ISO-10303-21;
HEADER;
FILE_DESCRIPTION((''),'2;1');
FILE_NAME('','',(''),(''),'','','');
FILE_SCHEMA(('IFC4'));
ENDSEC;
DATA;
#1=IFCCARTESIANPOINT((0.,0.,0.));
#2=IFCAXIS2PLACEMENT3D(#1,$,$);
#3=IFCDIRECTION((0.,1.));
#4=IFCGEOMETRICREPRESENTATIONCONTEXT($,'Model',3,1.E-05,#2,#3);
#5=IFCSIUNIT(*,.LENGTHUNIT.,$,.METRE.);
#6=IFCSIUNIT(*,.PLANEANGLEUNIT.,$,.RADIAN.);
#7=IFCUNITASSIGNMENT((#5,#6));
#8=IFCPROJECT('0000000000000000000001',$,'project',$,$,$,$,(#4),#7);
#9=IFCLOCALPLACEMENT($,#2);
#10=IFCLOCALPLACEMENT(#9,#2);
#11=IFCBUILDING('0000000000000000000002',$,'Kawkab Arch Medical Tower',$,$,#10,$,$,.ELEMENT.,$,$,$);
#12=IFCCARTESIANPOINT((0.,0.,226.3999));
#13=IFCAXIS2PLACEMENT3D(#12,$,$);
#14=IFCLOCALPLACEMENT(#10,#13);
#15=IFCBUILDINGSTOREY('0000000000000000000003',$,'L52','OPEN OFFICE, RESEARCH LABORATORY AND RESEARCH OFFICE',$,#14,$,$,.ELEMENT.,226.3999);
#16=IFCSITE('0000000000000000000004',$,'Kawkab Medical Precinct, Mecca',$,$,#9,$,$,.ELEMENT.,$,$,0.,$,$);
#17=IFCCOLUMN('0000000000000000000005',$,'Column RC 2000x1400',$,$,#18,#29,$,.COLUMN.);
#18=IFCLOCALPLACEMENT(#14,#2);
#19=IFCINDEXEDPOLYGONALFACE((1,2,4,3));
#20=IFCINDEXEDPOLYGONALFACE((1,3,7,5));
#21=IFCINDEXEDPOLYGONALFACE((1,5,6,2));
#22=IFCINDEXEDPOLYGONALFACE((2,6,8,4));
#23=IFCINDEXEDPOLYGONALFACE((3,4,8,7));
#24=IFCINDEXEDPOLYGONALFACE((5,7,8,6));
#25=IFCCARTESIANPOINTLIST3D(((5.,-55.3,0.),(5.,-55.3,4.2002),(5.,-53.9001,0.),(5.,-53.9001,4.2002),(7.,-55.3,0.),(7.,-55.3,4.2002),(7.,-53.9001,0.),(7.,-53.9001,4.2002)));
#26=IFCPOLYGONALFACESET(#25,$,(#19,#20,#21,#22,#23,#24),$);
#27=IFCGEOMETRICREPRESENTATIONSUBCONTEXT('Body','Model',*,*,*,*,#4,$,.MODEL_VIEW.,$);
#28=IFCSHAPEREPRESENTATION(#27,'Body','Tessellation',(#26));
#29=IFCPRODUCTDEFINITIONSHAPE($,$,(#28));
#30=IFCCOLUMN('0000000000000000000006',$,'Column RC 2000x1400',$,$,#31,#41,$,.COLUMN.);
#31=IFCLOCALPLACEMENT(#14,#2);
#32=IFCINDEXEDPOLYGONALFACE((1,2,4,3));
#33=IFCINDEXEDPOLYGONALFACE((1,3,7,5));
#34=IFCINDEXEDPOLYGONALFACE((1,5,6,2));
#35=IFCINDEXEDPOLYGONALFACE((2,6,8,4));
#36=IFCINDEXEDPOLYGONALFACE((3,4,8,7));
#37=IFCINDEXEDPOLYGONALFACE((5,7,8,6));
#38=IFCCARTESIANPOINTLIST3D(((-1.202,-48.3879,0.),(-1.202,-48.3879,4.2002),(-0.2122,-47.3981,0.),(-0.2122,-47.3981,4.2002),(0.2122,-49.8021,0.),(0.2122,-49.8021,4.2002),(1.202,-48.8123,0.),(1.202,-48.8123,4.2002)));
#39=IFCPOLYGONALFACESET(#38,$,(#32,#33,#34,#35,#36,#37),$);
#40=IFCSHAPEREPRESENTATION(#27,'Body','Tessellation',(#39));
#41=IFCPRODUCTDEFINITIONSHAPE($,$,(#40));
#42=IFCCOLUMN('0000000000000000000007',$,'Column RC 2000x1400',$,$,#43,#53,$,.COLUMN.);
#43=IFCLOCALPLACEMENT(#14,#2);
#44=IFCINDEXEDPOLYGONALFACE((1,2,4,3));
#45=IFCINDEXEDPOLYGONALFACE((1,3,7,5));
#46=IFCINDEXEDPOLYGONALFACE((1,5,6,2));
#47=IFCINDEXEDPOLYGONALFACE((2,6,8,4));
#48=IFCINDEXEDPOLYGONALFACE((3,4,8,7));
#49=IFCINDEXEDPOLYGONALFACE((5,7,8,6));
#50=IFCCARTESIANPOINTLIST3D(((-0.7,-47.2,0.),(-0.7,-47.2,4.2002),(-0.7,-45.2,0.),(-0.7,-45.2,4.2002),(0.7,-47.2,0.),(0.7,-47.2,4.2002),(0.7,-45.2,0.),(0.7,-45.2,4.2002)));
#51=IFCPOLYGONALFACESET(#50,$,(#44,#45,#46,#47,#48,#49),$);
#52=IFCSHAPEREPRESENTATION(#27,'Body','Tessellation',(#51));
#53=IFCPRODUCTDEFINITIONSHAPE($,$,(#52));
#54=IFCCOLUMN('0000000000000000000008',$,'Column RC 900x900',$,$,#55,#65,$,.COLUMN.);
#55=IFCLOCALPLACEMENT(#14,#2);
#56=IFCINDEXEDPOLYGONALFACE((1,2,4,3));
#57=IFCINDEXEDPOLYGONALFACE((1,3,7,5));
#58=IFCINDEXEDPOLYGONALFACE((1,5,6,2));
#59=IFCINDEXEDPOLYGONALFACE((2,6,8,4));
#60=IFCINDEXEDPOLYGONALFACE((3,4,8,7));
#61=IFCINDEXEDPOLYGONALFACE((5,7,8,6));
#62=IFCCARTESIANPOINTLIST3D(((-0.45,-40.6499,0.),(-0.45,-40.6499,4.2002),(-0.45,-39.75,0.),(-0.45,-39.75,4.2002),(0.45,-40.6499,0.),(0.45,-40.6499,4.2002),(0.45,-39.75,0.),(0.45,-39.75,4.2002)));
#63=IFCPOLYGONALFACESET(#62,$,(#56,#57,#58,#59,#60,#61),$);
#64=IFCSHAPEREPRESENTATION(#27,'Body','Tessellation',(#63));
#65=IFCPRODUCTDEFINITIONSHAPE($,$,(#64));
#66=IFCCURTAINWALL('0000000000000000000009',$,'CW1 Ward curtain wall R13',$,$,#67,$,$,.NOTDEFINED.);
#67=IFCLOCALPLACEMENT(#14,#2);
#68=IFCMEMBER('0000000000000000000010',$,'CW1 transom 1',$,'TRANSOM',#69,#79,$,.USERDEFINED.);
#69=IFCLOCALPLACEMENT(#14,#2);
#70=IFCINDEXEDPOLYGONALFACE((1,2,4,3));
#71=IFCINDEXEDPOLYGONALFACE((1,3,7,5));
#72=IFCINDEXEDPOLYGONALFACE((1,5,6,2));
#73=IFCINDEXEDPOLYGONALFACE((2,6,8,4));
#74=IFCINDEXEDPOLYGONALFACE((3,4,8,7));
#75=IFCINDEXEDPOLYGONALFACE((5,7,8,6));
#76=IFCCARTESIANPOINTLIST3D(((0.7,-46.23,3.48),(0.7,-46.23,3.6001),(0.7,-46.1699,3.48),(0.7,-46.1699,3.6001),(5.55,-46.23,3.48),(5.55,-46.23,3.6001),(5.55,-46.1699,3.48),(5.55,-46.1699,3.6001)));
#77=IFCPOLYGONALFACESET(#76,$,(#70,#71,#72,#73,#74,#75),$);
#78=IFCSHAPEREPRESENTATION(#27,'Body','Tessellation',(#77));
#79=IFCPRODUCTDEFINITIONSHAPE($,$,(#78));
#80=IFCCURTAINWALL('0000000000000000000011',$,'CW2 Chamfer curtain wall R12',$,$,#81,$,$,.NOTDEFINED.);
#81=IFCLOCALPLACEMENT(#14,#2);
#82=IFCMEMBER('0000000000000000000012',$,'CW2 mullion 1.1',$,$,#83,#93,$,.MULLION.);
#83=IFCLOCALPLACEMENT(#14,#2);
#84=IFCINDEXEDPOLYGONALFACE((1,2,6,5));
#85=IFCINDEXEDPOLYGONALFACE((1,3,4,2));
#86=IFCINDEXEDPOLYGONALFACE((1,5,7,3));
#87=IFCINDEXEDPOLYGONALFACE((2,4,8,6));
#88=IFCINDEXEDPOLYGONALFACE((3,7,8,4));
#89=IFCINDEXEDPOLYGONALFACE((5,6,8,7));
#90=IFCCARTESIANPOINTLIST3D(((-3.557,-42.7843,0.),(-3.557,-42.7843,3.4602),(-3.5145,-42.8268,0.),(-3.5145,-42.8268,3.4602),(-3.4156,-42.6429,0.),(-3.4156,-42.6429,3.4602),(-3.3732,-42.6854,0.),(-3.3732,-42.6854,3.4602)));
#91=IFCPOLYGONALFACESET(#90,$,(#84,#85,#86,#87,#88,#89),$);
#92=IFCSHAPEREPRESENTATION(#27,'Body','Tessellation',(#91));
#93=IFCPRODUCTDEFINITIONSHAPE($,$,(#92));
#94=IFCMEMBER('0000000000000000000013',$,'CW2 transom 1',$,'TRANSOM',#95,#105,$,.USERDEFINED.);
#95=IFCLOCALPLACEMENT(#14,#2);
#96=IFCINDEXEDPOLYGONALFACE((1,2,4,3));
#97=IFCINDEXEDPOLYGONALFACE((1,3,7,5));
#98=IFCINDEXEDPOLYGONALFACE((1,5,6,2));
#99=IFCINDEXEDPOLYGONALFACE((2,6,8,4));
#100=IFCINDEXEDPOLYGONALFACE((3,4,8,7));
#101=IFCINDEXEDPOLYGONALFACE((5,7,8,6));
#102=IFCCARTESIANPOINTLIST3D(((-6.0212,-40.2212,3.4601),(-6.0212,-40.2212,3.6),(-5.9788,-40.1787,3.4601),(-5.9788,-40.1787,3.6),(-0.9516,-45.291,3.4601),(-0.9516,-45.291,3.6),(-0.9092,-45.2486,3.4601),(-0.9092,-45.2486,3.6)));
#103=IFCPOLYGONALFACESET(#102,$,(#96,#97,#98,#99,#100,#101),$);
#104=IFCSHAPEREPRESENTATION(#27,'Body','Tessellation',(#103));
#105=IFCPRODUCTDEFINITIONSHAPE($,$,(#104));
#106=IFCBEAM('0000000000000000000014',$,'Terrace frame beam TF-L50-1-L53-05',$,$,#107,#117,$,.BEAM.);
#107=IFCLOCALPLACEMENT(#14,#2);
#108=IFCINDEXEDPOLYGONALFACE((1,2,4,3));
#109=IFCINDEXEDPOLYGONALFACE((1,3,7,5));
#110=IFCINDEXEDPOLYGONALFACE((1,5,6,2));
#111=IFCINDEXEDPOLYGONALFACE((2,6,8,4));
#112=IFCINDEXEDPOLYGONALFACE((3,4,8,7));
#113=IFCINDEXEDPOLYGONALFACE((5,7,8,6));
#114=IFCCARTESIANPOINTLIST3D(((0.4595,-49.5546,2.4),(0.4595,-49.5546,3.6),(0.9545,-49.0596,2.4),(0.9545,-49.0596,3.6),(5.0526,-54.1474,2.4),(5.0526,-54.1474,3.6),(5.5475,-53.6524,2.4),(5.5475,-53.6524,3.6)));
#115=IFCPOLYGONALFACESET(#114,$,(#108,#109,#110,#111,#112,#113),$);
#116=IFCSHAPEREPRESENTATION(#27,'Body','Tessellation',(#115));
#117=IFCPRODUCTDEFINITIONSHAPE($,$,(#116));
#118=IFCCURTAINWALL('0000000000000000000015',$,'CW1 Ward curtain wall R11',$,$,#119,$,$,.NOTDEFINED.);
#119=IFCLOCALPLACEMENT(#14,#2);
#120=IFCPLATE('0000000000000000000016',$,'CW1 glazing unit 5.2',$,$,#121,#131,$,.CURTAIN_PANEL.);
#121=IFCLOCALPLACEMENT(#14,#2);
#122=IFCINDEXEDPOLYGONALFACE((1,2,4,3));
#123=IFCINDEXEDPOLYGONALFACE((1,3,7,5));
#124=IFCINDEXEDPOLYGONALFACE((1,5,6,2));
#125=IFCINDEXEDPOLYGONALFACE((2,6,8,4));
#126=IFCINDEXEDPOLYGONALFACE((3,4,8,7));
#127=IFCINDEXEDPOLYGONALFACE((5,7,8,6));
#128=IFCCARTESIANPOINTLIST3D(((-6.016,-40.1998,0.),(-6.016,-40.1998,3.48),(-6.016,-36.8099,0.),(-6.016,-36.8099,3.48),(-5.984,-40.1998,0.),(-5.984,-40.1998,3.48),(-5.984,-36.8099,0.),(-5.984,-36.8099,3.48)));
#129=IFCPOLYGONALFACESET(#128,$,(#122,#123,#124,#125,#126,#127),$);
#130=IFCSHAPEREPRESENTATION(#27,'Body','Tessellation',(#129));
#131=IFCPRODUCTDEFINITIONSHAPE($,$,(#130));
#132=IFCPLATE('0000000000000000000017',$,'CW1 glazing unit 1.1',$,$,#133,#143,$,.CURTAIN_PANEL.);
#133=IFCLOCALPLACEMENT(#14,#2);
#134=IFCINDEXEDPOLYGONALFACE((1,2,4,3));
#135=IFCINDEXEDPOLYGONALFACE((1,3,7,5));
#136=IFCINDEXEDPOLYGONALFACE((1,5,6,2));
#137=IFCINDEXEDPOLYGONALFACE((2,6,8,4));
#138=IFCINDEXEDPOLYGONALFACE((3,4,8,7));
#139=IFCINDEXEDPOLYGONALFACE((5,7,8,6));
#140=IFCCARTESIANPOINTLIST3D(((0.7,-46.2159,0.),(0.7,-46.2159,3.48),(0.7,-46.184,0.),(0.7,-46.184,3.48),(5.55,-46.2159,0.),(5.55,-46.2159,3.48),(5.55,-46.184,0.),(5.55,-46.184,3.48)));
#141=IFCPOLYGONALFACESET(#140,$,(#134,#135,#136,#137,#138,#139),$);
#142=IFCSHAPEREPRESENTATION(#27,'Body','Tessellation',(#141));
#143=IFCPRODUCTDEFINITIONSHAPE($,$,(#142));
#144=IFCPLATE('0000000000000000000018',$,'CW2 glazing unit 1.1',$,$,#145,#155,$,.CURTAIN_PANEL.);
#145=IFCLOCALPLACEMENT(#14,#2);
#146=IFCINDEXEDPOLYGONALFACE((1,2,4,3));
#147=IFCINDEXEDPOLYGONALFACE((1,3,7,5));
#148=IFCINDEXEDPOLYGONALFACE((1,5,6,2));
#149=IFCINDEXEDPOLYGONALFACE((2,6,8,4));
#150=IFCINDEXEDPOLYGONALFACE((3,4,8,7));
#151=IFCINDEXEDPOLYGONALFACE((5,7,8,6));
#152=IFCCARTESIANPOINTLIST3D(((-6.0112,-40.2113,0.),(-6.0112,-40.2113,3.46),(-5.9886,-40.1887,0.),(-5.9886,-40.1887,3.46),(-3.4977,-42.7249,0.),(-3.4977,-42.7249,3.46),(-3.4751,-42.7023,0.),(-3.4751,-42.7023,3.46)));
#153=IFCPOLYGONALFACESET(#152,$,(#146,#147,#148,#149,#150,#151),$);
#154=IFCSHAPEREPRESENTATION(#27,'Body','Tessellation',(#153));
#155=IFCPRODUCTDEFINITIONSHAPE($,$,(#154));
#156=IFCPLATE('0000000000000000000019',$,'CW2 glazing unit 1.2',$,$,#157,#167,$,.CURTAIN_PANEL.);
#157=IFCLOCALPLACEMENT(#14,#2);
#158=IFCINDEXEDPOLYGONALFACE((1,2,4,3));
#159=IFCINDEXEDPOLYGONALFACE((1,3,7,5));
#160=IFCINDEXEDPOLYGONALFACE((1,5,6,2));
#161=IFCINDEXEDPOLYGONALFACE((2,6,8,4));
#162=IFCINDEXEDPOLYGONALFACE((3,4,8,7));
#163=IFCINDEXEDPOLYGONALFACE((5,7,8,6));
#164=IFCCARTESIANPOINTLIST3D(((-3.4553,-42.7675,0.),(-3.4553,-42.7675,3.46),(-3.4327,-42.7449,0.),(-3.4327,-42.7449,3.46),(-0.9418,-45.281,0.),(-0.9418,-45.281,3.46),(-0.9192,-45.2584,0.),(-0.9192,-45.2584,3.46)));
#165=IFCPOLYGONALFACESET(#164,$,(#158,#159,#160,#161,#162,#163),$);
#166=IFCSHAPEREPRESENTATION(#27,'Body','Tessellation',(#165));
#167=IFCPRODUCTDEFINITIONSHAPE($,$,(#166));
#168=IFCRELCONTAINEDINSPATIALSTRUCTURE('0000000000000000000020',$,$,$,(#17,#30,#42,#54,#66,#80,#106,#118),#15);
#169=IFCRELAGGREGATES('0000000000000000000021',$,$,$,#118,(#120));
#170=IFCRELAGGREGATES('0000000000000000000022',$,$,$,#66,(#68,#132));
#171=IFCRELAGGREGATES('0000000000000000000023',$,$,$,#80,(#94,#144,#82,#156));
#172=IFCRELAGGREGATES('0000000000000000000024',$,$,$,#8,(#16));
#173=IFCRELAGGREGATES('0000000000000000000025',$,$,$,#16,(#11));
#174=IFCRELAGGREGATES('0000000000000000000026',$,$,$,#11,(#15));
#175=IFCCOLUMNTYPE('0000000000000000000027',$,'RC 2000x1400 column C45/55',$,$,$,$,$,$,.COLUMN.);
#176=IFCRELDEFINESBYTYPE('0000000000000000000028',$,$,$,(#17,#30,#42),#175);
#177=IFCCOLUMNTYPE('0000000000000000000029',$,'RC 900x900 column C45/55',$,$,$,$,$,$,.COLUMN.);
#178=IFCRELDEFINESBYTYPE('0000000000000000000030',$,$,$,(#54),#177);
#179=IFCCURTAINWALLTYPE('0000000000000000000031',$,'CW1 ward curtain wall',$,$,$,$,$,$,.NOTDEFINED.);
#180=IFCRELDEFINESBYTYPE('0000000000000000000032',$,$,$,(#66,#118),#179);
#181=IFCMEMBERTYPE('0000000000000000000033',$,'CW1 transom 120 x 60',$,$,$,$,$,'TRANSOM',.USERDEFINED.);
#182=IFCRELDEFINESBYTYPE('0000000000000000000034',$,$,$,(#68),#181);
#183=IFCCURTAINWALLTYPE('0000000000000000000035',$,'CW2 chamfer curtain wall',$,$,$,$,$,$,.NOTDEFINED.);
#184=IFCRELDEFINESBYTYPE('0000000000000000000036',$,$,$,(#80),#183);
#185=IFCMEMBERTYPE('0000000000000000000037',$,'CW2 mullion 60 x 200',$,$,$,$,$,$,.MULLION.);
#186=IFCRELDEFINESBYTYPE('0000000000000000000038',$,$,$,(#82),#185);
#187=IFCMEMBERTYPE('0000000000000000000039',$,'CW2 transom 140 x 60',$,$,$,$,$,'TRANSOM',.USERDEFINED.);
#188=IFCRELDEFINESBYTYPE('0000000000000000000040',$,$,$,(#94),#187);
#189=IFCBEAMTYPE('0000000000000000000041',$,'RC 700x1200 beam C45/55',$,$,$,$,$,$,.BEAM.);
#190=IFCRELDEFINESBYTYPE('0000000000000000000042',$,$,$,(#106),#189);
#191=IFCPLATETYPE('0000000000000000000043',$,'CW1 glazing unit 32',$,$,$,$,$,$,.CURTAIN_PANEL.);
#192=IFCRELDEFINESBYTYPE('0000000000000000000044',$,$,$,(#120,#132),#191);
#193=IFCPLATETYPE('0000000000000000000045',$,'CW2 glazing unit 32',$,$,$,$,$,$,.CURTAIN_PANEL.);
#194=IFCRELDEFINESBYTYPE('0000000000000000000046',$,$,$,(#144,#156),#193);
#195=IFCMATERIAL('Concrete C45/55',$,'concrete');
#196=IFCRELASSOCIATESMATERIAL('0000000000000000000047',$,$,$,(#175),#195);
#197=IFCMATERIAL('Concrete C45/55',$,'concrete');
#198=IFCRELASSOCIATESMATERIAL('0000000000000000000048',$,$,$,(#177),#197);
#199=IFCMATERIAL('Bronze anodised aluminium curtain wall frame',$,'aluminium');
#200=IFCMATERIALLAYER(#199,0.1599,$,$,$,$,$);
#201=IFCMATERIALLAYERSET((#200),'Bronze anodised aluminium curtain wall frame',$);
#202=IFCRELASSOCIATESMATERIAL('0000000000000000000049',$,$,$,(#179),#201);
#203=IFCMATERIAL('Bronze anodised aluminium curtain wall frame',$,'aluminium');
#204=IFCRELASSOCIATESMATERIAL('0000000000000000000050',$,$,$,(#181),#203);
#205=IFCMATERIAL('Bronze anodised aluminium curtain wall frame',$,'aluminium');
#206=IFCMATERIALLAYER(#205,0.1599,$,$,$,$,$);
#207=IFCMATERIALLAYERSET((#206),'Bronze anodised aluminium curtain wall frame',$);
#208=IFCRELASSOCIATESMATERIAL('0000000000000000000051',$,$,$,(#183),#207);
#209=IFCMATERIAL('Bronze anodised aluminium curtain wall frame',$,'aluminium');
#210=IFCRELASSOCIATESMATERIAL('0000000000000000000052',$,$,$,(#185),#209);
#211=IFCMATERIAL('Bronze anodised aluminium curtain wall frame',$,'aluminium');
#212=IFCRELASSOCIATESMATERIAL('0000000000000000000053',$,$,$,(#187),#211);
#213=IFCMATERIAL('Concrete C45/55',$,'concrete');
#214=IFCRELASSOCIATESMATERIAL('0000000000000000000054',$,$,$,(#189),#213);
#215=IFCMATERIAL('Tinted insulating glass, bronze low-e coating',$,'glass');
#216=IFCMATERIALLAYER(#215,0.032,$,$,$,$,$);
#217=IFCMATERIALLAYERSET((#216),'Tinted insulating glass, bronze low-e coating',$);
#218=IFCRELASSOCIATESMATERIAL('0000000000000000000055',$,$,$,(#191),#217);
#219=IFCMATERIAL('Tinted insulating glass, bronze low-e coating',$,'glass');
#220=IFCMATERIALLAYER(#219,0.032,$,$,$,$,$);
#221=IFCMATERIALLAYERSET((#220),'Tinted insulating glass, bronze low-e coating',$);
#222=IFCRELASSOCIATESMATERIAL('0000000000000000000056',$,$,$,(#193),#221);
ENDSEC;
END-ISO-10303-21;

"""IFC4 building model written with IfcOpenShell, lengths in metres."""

from ifc_helpers import new_model, si_unit, direction, frame, origin, origin_2d, place, context, subcontext, project, spatial, rectangle, extrude, material, layer, layer_set, material_profile, profile_set, type_object, element, aggregate, save


model = new_model("IFC4")

# Units and contexts
model_context = context("Model", 3, precision=1e-05, world=origin(), true_north=direction((0.0, 1.0)))
body_context = subcontext(model_context, "Body", "Model", "MODEL_VIEW")
ifc_project = project(units=[si_unit("LENGTHUNIT", "METRE"), si_unit("PLANEANGLEUNIT", "RADIAN")], contexts=[model_context])

# Site, building, storey
site_placement = place(None, origin())
site = spatial("IfcSite", under=ifc_project, at=site_placement, Name="Kawkab Medical Precinct, Mecca", CompositionType="ELEMENT", RefElevation=0.0)
building_placement = place(site_placement, origin())
building = spatial("IfcBuilding", under=site, at=building_placement, Name="Kawkab Arch Medical Tower", CompositionType="ELEMENT")
storey_placement = place(building_placement, frame((0.0, 0.0, 226.3999)))
storey = spatial("IfcBuildingStorey", under=building, at=storey_placement, Name="L52", Description="OPEN OFFICE, RESEARCH LABORATORY AND RESEARCH OFFICE", CompositionType="ELEMENT", Elevation=226.3999)

# Columns
ifc_material_1 = material(Name="Concrete C45/55", Category="concrete")
ifc_material_profile_1 = material_profile(ifc_material_1, rectangle(XDim=2.0, YDim=1.3999, at=origin_2d()), Name="RC 2000x1400")
ifc_profile_set_1 = profile_set([ifc_material_profile_1], Name="Concrete C45/55")
column_type_1 = type_object("IfcColumnType", Name="RC 2000x1400 column C45/55", PredefinedType="COLUMN", material=ifc_profile_set_1)
for number, where, z_axis, x_axis, name in (
    (1, (6.0, -54.6001, 0.0), (0.0, 0.0, 1.0), (-1.0, 0.0, 0.0), "Column RC 2000x1400"),
    (2, (0.0, -48.6001, 0.0), (0.0, 0.0, 1.0), (-0.707107, 0.707107, 0.0), "Column RC 2000x1400"),
    (3, (0.0, -46.2, 0.0), (0.0, 0.0, 1.0), (0.0, 1.0, 0.0), "Column RC 2000x1400"),
):
    element("IfcColumn", number, at=place(storey_placement, frame(where, z_axis=z_axis, x_axis=x_axis)), inside=storey, type_object=column_type_1, Name=name, PredefinedType="COLUMN", context=body_context, shape_type="SweptSolid", body=[
        extrude(rectangle(XDim=2.0, YDim=1.3999, at=origin_2d()), origin(), (0.0, 0.0, 1.0), 4.2002),
    ])
ifc_material_2 = material(Name="Concrete C45/55", Category="concrete")
ifc_material_profile_2 = material_profile(ifc_material_2, rectangle(XDim=0.8999, YDim=0.8999, at=origin_2d()), Name="RC 900x900")
ifc_profile_set_2 = profile_set([ifc_material_profile_2], Name="Concrete C45/55")
column_type_2 = type_object("IfcColumnType", Name="RC 900x900 column C45/55", PredefinedType="COLUMN", material=ifc_profile_set_2)
column_placement = place(storey_placement, frame((0.0, -40.2, 0.0), z_axis=(0.0, 0.0, 1.0), x_axis=(1.0, 0.0, 0.0)))
element("IfcColumn", 4, at=column_placement, inside=storey, type_object=column_type_2, Name="Column RC 900x900", PredefinedType="COLUMN", context=body_context, shape_type="SweptSolid", body=[
    extrude(rectangle(XDim=0.8999, YDim=0.8999, at=origin_2d()), origin(), (0.0, 0.0, 1.0), 4.2002),
])

# Curtain wall, member
ifc_material_3 = material(Name="Bronze anodised aluminium curtain wall frame", Category="aluminium")
ifc_layer_1 = layer(ifc_material_3, 0.1599)
ifc_layer_set_1 = layer_set([ifc_layer_1], Name="Bronze anodised aluminium curtain wall frame")
curtain_wall_type_1 = type_object("IfcCurtainWallType", Name="CW1 ward curtain wall", PredefinedType="NOTDEFINED", material=ifc_layer_set_1)
placement = place(storey_placement, origin())
curtain_wall_1 = element("IfcCurtainWall", 5, at=placement, inside=storey, type_object=curtain_wall_type_1, Name="CW1 Ward curtain wall R13", PredefinedType="NOTDEFINED")
ifc_material_4 = material(Name="Bronze anodised aluminium curtain wall frame", Category="aluminium")
ifc_material_profile_3 = material_profile(ifc_material_4, rectangle(XDim=0.0601, YDim=0.1201, at=origin_2d()), Name="AL 60x120")
ifc_profile_set_3 = profile_set([ifc_material_profile_3], Name="Bronze anodised aluminium curtain wall frame")
member_type_1 = type_object("IfcMemberType", Name="CW1 transom 120 x 60", ElementType="TRANSOM", PredefinedType="USERDEFINED", material=ifc_profile_set_3)
member_1_placement = place(storey_placement, frame((0.7, -46.2, 3.54), z_axis=(1.0, 0.0, 0.0), x_axis=(0.0, 1.0, 0.0)))
member_1 = element("IfcMember", 6, at=member_1_placement, type_object=member_type_1, Name="CW1 transom 1", ObjectType="TRANSOM", PredefinedType="USERDEFINED", context=body_context, shape_type="SweptSolid", body=[
    extrude(rectangle(XDim=0.0601, YDim=0.1201, at=origin_2d()), origin(), (0.0, 0.0, 1.0), 4.8501),
])

# Curtain wall, members
ifc_material_5 = material(Name="Bronze anodised aluminium curtain wall frame", Category="aluminium")
ifc_layer_2 = layer(ifc_material_5, 0.1599)
ifc_layer_set_2 = layer_set([ifc_layer_2], Name="Bronze anodised aluminium curtain wall frame")
curtain_wall_type_2 = type_object("IfcCurtainWallType", Name="CW2 chamfer curtain wall", PredefinedType="NOTDEFINED", material=ifc_layer_set_2)
curtain_wall_2 = element("IfcCurtainWall", 7, at=placement, inside=storey, type_object=curtain_wall_type_2, Name="CW2 Chamfer curtain wall R12", PredefinedType="NOTDEFINED")
ifc_material_6 = material(Name="Bronze anodised aluminium curtain wall frame", Category="aluminium")
ifc_material_profile_4 = material_profile(ifc_material_6, rectangle(XDim=0.2, YDim=0.0601, at=origin_2d()), Name="AL 60x200")
ifc_profile_set_4 = profile_set([ifc_material_profile_4], Name="Bronze anodised aluminium curtain wall frame")
member_type_2 = type_object("IfcMemberType", Name="CW2 mullion 60 x 200", PredefinedType="MULLION", material=ifc_profile_set_4)
member_2_placement = place(storey_placement, frame((-3.4651, -42.7349, 0.0), z_axis=(0.0, 0.0, 1.0), x_axis=(0.707107, 0.707107, 0.0)))
member_2 = element("IfcMember", 8, at=member_2_placement, type_object=member_type_2, Name="CW2 mullion 1.1", PredefinedType="MULLION", context=body_context, shape_type="SweptSolid", body=[
    extrude(rectangle(XDim=0.2, YDim=0.0601, at=origin_2d()), origin(), (0.0, 0.0, 1.0), 3.4602),
])
ifc_material_7 = material(Name="Bronze anodised aluminium curtain wall frame", Category="aluminium")
ifc_material_profile_5 = material_profile(ifc_material_7, rectangle(XDim=0.0601, YDim=0.1399, at=origin_2d()), Name="AL 60x140")
ifc_profile_set_5 = profile_set([ifc_material_profile_5], Name="Bronze anodised aluminium curtain wall frame")
member_type_3 = type_object("IfcMemberType", Name="CW2 transom 140 x 60", ElementType="TRANSOM", PredefinedType="USERDEFINED", material=ifc_profile_set_5)
member_3_placement = place(storey_placement, frame((-6.0, -40.2, 3.53), z_axis=(0.70709, -0.707124, 0.0), x_axis=(0.707124, 0.70709, 0.0)))
member_3 = element("IfcMember", 9, at=member_3_placement, type_object=member_type_3, Name="CW2 transom 1", ObjectType="TRANSOM", PredefinedType="USERDEFINED", context=body_context, shape_type="SweptSolid", body=[
    extrude(rectangle(XDim=0.0601, YDim=0.1399, at=origin_2d()), origin(), (0.0, 0.0, 1.0), 7.1697),
])

# Beam
ifc_material_8 = material(Name="Concrete C45/55", Category="concrete")
ifc_material_profile_6 = material_profile(ifc_material_8, rectangle(XDim=0.7, YDim=1.2, at=origin_2d()), Name="RC 700x1200")
ifc_profile_set_6 = profile_set([ifc_material_profile_6], Name="Concrete C45/55")
beam_type = type_object("IfcBeamType", Name="RC 700x1200 beam C45/55", PredefinedType="BEAM", material=ifc_profile_set_6)
beam_placement = place(storey_placement, frame((5.3, -53.8999, 3.0), z_axis=(-0.707126, 0.707088, 0.0), x_axis=(-0.707088, -0.707126, 0.0)))
element("IfcBeam", 10, at=beam_placement, inside=storey, type_object=beam_type, Name="Terrace frame beam TF-L50-1-L53-05", PredefinedType="BEAM", context=body_context, shape_type="SweptSolid", body=[
    extrude(rectangle(XDim=0.7, YDim=1.2, at=origin_2d()), origin(), (0.0, 0.0, 1.0), 6.4954),
])

# Curtain wall, plate
curtain_wall_3 = element("IfcCurtainWall", 11, at=placement, inside=storey, type_object=curtain_wall_type_1, Name="CW1 Ward curtain wall R11", PredefinedType="NOTDEFINED")
ifc_material_9 = material(Name="Tinted insulating glass, bronze low-e coating", Category="glass")
ifc_layer_3 = layer(ifc_material_9, 0.032)
ifc_layer_set_3 = layer_set([ifc_layer_3], Name="Tinted insulating glass, bronze low-e coating")
plate_type_1 = type_object("IfcPlateType", Name="CW1 glazing unit 32", PredefinedType="CURTAIN_PANEL", material=ifc_layer_set_3)
plate_1_placement = place(storey_placement, frame((-6.0, -38.5049, 0.0), z_axis=(0.0, 0.0, 1.0), x_axis=(0.0, -1.0, 0.0)))
plate_1 = element("IfcPlate", 12, at=plate_1_placement, type_object=plate_type_1, Name="CW1 glazing unit 5.2", PredefinedType="CURTAIN_PANEL", context=body_context, shape_type="SweptSolid", body=[
    extrude(rectangle(XDim=3.3899, YDim=0.032, at=origin_2d()), origin(), (0.0, 0.0, 1.0), 3.48),
])
aggregate(curtain_wall_3, [plate_1])

# Plates
plate_2_placement = place(storey_placement, frame((3.125, -46.2, 0.0), z_axis=(0.0, 0.0, 1.0), x_axis=(1.0, 0.0, 0.0)))
plate_2 = element("IfcPlate", 13, at=plate_2_placement, type_object=plate_type_1, Name="CW1 glazing unit 1.1", PredefinedType="CURTAIN_PANEL", context=body_context, shape_type="SweptSolid", body=[
    extrude(rectangle(XDim=4.8501, YDim=0.032, at=origin_2d()), origin(), (0.0, 0.0, 1.0), 3.48),
])
aggregate(curtain_wall_1, [member_1, plate_2])
ifc_material_10 = material(Name="Tinted insulating glass, bronze low-e coating", Category="glass")
ifc_layer_4 = layer(ifc_material_10, 0.032)
ifc_layer_set_4 = layer_set([ifc_layer_4], Name="Tinted insulating glass, bronze low-e coating")
plate_type_2 = type_object("IfcPlateType", Name="CW2 glazing unit 32", PredefinedType="CURTAIN_PANEL", material=ifc_layer_set_4)
plate_3_placement = place(storey_placement, frame((-4.7432, -41.4568, 0.0), z_axis=(0.0, 0.0, 1.0), x_axis=(0.707107, -0.707107, 0.0)))
plate_3 = element("IfcPlate", 14, at=plate_3_placement, type_object=plate_type_2, Name="CW2 glazing unit 1.1", PredefinedType="CURTAIN_PANEL", context=body_context, shape_type="SweptSolid", body=[
    extrude(rectangle(XDim=3.5547, YDim=0.032, at=origin_2d()), origin(), (0.0, 0.0, 1.0), 3.46),
])
plate_4_placement = place(storey_placement, frame((-2.1873, -44.0129, 0.0), z_axis=(0.0, 0.0, 1.0), x_axis=(0.707107, -0.707107, 0.0)))
plate_4 = element("IfcPlate", 15, at=plate_4_placement, type_object=plate_type_2, Name="CW2 glazing unit 1.2", PredefinedType="CURTAIN_PANEL", context=body_context, shape_type="SweptSolid", body=[
    extrude(rectangle(XDim=3.5547, YDim=0.032, at=origin_2d()), origin(), (0.0, 0.0, 1.0), 3.46),
])
aggregate(curtain_wall_2, [member_3, plate_3, member_2, plate_4])

save(model, "model.ifc")
